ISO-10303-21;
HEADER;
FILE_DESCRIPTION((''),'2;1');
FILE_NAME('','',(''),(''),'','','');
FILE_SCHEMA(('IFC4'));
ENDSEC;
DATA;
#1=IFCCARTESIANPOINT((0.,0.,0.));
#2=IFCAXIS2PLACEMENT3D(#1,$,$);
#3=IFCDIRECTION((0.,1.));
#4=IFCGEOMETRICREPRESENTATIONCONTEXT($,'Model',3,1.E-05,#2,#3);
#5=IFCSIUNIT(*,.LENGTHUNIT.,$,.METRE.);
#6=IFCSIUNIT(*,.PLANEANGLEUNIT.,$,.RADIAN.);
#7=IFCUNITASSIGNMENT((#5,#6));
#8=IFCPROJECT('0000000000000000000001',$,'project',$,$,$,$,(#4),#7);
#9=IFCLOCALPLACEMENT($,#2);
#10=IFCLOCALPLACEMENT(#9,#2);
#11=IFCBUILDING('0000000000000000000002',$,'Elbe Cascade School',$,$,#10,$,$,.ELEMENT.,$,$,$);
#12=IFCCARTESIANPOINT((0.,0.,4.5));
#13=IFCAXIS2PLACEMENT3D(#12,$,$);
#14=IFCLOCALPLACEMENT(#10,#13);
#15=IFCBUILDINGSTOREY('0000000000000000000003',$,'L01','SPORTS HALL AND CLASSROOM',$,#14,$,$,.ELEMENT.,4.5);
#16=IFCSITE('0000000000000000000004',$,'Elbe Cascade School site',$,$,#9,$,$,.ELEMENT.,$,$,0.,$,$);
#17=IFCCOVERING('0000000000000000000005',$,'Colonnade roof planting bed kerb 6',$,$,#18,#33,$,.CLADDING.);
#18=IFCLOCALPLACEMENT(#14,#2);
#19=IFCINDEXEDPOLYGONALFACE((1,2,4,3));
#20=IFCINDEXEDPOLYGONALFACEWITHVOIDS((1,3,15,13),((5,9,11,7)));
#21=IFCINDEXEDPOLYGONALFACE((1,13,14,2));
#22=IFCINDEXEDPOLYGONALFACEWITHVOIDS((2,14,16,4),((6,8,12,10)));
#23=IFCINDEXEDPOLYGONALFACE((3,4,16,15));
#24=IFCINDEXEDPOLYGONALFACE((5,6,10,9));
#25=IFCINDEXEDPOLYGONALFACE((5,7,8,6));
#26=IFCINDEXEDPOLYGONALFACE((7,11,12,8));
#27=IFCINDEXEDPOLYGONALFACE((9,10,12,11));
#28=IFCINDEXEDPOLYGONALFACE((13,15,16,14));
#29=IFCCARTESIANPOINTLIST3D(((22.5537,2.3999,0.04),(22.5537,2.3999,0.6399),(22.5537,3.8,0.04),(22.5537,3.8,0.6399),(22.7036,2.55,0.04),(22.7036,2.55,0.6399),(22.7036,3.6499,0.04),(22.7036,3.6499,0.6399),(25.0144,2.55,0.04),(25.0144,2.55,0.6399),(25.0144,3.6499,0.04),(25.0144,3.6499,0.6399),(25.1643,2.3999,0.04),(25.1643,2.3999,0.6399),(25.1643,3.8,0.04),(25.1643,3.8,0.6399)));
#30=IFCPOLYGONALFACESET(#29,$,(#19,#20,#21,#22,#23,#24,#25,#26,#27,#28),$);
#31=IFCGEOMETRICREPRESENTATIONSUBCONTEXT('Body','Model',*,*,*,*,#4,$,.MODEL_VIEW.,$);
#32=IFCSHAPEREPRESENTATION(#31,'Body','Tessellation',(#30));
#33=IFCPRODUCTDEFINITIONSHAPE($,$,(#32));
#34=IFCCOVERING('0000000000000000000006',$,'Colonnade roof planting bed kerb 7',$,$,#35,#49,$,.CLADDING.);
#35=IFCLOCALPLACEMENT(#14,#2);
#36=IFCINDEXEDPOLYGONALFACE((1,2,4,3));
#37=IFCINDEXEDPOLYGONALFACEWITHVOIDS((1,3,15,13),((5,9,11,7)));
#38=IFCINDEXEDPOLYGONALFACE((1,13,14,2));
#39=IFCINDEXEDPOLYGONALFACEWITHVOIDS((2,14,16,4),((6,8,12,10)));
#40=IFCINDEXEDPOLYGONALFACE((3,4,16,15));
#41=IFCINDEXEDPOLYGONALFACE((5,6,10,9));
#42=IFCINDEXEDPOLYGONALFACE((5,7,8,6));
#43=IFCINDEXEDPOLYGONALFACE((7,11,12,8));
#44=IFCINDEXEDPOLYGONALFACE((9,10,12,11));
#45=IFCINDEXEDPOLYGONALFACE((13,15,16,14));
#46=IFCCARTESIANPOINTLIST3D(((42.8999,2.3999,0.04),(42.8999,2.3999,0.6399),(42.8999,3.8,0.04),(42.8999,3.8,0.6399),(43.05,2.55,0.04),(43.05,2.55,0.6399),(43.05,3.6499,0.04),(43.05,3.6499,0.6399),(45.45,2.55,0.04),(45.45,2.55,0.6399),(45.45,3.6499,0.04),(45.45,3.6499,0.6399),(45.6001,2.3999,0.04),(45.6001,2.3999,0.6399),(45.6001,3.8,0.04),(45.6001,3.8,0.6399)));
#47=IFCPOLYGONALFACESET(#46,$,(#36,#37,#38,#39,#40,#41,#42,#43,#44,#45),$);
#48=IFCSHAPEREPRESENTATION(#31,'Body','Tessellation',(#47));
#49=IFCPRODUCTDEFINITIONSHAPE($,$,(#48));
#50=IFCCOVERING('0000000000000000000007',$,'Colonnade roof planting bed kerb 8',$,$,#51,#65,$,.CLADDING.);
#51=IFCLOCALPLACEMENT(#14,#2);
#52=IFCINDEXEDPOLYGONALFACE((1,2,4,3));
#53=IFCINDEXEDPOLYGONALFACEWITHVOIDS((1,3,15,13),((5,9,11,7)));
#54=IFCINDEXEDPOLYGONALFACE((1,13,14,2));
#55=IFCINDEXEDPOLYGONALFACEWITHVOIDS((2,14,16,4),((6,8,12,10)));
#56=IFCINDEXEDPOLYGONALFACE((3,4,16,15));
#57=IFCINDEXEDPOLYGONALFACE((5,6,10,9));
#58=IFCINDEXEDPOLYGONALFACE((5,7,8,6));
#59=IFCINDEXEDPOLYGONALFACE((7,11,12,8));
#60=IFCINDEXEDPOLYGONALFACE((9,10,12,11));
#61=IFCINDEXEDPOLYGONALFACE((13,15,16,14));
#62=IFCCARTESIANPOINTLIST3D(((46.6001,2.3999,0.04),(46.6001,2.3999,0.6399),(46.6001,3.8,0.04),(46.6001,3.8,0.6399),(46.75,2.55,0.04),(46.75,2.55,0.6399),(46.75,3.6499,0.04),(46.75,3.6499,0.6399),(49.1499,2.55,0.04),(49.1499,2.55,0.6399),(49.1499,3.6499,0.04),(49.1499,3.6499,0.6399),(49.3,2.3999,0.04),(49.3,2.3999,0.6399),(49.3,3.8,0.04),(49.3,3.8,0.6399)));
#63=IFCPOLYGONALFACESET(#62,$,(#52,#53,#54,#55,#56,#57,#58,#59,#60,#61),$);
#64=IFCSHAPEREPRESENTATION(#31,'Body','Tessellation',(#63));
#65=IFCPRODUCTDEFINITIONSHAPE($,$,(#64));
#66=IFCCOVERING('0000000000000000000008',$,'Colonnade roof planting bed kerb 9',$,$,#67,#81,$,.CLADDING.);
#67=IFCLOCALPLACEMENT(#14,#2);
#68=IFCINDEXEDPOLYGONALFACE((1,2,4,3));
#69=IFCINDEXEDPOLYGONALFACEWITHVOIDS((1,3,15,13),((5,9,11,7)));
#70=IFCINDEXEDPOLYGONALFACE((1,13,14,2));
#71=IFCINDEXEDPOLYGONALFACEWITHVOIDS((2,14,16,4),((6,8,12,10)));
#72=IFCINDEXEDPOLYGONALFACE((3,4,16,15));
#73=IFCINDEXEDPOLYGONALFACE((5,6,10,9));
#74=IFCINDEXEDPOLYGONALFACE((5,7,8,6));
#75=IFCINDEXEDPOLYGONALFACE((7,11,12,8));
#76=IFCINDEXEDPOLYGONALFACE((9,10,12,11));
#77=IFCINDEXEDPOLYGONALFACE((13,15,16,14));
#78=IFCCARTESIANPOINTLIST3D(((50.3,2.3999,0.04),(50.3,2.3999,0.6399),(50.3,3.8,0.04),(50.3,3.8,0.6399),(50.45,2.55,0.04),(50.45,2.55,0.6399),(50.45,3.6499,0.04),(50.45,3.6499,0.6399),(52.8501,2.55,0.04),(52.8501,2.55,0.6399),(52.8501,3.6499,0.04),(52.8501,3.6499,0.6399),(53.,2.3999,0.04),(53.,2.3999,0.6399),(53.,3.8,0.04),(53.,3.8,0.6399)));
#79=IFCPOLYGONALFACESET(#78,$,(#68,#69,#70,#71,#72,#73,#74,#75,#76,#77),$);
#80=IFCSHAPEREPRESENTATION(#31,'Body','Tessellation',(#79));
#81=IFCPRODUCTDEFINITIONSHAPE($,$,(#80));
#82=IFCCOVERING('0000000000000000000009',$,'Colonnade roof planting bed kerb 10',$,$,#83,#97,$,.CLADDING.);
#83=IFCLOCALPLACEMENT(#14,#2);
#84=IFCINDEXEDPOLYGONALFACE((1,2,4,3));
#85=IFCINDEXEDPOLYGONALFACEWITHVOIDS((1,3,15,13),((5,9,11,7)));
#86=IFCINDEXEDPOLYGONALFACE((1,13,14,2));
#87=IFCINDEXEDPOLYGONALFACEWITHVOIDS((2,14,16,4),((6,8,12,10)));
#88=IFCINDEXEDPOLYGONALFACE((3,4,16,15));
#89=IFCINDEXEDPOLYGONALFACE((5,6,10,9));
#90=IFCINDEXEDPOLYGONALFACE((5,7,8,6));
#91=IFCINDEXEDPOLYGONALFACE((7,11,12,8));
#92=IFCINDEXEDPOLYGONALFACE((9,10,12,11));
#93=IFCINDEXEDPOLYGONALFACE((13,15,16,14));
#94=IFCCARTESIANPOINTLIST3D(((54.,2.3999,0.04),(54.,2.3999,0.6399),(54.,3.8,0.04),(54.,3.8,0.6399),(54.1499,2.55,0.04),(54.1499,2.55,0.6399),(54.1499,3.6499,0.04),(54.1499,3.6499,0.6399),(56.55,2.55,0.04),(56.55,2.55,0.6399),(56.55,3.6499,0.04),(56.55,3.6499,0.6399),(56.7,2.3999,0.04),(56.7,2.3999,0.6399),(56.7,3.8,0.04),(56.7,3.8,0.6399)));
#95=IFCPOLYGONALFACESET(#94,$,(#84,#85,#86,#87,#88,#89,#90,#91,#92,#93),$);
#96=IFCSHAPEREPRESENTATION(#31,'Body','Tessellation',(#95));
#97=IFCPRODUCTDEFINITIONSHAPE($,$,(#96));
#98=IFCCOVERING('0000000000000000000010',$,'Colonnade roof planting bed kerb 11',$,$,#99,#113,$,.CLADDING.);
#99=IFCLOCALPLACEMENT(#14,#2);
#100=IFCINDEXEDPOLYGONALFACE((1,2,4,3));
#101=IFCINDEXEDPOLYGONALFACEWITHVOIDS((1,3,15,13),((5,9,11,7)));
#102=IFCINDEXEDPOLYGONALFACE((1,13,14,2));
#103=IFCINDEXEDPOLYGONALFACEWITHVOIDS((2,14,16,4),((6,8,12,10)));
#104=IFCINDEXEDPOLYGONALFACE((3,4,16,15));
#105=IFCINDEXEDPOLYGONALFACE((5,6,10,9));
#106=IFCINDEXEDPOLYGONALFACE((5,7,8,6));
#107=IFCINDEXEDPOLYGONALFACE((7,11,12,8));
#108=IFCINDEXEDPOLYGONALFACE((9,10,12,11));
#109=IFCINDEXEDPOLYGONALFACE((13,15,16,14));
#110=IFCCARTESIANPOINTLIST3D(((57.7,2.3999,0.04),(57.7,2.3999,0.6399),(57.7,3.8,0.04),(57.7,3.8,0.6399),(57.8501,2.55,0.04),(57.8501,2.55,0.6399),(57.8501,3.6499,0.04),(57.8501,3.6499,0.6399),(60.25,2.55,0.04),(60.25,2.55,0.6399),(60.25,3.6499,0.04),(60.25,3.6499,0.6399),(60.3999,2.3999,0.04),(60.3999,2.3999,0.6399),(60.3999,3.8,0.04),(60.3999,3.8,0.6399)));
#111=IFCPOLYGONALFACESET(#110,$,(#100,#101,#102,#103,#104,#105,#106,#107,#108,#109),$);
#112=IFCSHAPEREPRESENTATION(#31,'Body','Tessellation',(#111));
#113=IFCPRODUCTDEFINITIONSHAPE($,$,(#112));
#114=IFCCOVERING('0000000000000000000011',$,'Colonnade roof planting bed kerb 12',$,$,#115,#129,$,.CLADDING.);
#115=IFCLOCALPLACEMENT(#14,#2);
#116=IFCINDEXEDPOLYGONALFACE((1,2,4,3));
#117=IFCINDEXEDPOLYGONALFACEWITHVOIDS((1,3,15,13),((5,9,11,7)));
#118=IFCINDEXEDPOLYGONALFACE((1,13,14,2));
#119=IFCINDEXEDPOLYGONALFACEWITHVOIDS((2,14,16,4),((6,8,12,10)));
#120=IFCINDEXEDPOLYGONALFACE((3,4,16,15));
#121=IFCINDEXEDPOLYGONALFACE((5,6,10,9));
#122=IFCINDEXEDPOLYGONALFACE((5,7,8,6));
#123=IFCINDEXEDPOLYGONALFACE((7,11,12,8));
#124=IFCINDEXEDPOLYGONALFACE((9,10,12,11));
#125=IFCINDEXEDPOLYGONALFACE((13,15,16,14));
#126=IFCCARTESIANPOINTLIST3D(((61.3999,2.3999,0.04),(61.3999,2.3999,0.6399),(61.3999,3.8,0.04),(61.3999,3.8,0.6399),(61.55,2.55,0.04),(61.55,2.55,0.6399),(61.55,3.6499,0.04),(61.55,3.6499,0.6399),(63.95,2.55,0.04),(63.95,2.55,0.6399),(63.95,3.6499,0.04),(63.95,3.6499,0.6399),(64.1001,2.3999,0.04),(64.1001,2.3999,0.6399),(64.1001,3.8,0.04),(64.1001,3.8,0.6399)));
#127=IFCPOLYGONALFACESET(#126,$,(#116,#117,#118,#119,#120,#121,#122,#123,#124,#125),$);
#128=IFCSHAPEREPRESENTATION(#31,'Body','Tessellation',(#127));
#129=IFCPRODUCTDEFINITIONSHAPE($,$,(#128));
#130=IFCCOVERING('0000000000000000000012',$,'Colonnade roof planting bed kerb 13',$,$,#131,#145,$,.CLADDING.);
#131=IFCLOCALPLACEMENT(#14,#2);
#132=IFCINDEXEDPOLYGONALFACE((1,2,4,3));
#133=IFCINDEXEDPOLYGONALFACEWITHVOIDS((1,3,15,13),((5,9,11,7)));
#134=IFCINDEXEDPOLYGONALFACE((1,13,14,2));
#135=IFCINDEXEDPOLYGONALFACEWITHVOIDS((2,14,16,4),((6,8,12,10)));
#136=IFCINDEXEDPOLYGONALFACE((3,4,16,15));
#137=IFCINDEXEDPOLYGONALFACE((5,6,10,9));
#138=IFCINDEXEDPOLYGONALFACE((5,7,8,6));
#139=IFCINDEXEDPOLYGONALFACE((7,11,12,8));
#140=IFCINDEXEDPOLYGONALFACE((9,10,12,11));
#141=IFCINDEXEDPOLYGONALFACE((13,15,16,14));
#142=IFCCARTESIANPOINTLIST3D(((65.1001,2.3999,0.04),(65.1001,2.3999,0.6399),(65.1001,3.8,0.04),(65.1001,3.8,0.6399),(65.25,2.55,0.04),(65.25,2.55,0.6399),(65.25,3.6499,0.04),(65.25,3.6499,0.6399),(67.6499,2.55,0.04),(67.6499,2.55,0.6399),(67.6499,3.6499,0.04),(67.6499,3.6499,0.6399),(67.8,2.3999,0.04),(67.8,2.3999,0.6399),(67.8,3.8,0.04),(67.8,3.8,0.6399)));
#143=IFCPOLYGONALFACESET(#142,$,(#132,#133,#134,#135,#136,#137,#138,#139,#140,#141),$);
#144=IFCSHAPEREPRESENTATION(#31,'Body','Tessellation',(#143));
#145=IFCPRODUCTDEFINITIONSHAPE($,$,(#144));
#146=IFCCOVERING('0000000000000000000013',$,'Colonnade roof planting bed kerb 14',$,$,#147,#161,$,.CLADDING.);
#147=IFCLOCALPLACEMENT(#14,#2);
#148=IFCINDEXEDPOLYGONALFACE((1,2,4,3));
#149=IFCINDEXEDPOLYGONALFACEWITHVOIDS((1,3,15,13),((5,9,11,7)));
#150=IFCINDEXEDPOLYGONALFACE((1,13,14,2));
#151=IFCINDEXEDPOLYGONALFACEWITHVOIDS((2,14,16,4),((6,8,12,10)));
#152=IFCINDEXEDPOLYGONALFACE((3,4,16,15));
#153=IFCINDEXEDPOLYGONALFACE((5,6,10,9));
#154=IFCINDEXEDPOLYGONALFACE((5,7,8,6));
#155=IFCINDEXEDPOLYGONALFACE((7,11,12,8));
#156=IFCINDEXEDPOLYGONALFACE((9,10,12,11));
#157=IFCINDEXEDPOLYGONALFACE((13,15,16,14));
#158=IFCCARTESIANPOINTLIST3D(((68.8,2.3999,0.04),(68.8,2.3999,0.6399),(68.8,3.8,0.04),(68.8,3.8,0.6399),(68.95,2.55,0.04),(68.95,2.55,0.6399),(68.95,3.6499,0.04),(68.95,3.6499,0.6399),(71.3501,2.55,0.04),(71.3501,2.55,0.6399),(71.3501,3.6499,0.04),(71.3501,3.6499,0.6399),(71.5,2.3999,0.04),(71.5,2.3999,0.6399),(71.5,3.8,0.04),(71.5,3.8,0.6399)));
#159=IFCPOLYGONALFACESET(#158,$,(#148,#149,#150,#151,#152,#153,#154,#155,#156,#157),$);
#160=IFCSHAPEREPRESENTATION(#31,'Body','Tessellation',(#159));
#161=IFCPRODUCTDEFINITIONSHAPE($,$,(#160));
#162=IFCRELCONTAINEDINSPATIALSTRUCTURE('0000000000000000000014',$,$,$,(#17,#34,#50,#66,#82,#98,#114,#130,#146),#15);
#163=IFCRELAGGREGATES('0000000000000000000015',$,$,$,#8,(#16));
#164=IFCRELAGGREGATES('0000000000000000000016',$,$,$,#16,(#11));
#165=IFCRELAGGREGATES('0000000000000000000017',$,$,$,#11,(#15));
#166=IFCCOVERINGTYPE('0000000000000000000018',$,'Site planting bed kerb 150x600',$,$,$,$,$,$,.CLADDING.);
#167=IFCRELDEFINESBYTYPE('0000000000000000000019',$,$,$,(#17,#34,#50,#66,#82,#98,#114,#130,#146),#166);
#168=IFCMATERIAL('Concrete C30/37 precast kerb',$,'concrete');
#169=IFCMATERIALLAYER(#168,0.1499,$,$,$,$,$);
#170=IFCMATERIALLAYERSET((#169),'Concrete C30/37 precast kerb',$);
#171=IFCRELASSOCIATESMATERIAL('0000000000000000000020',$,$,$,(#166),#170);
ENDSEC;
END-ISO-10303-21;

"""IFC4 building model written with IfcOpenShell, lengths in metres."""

from ifc_helpers import new_model, si_unit, direction, frame, origin, place, context, subcontext, project, spatial, polyline, outline, extrude, material, layer, layer_set, type_object, element, save


model = new_model("IFC4")

# Units and contexts
model_context = context("Model", 3, precision=1e-05, world=origin(), true_north=direction((0.0, 1.0)))
body_context = subcontext(model_context, "Body", "Model", "MODEL_VIEW")
ifc_project = project(units=[si_unit("LENGTHUNIT", "METRE"), si_unit("PLANEANGLEUNIT", "RADIAN")], contexts=[model_context])

# Site, building, storey
site_placement = place(None, origin())
site = spatial("IfcSite", under=ifc_project, at=site_placement, Name="Elbe Cascade School site", CompositionType="ELEMENT", RefElevation=0.0)
building_placement = place(site_placement, origin())
building = spatial("IfcBuilding", under=site, at=building_placement, Name="Elbe Cascade School", CompositionType="ELEMENT")
storey_placement = place(building_placement, frame((0.0, 0.0, 4.5)))
storey = spatial("IfcBuildingStorey", under=building, at=storey_placement, Name="L01", Description="SPORTS HALL AND CLASSROOM", CompositionType="ELEMENT", Elevation=4.5)

# Coverings
ifc_material_1 = material(Name="Concrete C30/37 precast kerb", Category="concrete")
ifc_layer_1 = layer(ifc_material_1, 0.1499)
ifc_layer_set_1 = layer_set([ifc_layer_1], Name="Concrete C30/37 precast kerb")
covering_type_1 = type_object("IfcCoveringType", Name="Site planting bed kerb 150x600", PredefinedType="CLADDING", material=ifc_layer_set_1)
covering_1_placement = place(storey_placement, frame((0.0, 0.0, 0.04)))
element("IfcCovering", 1, at=covering_1_placement, inside=storey, type_object=covering_type_1, Name="Colonnade roof planting bed kerb 6", PredefinedType="CLADDING", context=body_context, shape_type="SweptSolid", body=[
    extrude(outline(polyline([(22.5537, 2.3999), (25.1643, 2.3999), (25.1643, 3.8), (22.5537, 3.8), (22.5537, 2.3999)]), holes=[polyline([(22.7036, 2.55), (25.0144, 2.55), (25.0144, 3.6499), (22.7036, 3.6499), (22.7036, 2.55)])]), origin(), (0.0, 0.0, 1.0), 0.5999),
])
covering_2_placement = place(storey_placement, frame((0.0, 0.0, 0.04)))
element("IfcCovering", 2, at=covering_2_placement, inside=storey, type_object=covering_type_1, Name="Colonnade roof planting bed kerb 7", PredefinedType="CLADDING", context=body_context, shape_type="SweptSolid", body=[
    extrude(outline(polyline([(42.8999, 2.3999), (45.6001, 2.3999), (45.6001, 3.8), (42.8999, 3.8), (42.8999, 2.3999)]), holes=[polyline([(43.05, 2.55), (45.45, 2.55), (45.45, 3.6499), (43.05, 3.6499), (43.05, 2.55)])]), origin(), (0.0, 0.0, 1.0), 0.5999),
])
covering_3_placement = place(storey_placement, frame((0.0, 0.0, 0.04)))
element("IfcCovering", 3, at=covering_3_placement, inside=storey, type_object=covering_type_1, Name="Colonnade roof planting bed kerb 8", PredefinedType="CLADDING", context=body_context, shape_type="SweptSolid", body=[
    extrude(outline(polyline([(46.6001, 2.3999), (49.3, 2.3999), (49.3, 3.8), (46.6001, 3.8), (46.6001, 2.3999)]), holes=[polyline([(46.75, 2.55), (49.1499, 2.55), (49.1499, 3.6499), (46.75, 3.6499), (46.75, 2.55)])]), origin(), (0.0, 0.0, 1.0), 0.5999),
])
covering_4_placement = place(storey_placement, frame((0.0, 0.0, 0.04)))
element("IfcCovering", 4, at=covering_4_placement, inside=storey, type_object=covering_type_1, Name="Colonnade roof planting bed kerb 9", PredefinedType="CLADDING", context=body_context, shape_type="SweptSolid", body=[
    extrude(outline(polyline([(50.3, 2.3999), (53.0, 2.3999), (53.0, 3.8), (50.3, 3.8), (50.3, 2.3999)]), holes=[polyline([(50.45, 2.55), (52.8501, 2.55), (52.8501, 3.6499), (50.45, 3.6499), (50.45, 2.55)])]), origin(), (0.0, 0.0, 1.0), 0.5999),
])
covering_5_placement = place(storey_placement, frame((0.0, 0.0, 0.04)))
element("IfcCovering", 5, at=covering_5_placement, inside=storey, type_object=covering_type_1, Name="Colonnade roof planting bed kerb 10", PredefinedType="CLADDING", context=body_context, shape_type="SweptSolid", body=[
    extrude(outline(polyline([(54.0, 2.3999), (56.7, 2.3999), (56.7, 3.8), (54.0, 3.8), (54.0, 2.3999)]), holes=[polyline([(54.1499, 2.55), (56.55, 2.55), (56.55, 3.6499), (54.1499, 3.6499), (54.1499, 2.55)])]), origin(), (0.0, 0.0, 1.0), 0.5999),
])
covering_6_placement = place(storey_placement, frame((0.0, 0.0, 0.04)))
element("IfcCovering", 6, at=covering_6_placement, inside=storey, type_object=covering_type_1, Name="Colonnade roof planting bed kerb 11", PredefinedType="CLADDING", context=body_context, shape_type="SweptSolid", body=[
    extrude(outline(polyline([(57.7, 2.3999), (60.3999, 2.3999), (60.3999, 3.8), (57.7, 3.8), (57.7, 2.3999)]), holes=[polyline([(57.8501, 2.55), (60.25, 2.55), (60.25, 3.6499), (57.8501, 3.6499), (57.8501, 2.55)])]), origin(), (0.0, 0.0, 1.0), 0.5999),
])
covering_7_placement = place(storey_placement, frame((0.0, 0.0, 0.04)))
element("IfcCovering", 7, at=covering_7_placement, inside=storey, type_object=covering_type_1, Name="Colonnade roof planting bed kerb 12", PredefinedType="CLADDING", context=body_context, shape_type="SweptSolid", body=[
    extrude(outline(polyline([(61.3999, 2.3999), (64.1001, 2.3999), (64.1001, 3.8), (61.3999, 3.8), (61.3999, 2.3999)]), holes=[polyline([(61.55, 2.55), (63.95, 2.55), (63.95, 3.6499), (61.55, 3.6499), (61.55, 2.55)])]), origin(), (0.0, 0.0, 1.0), 0.5999),
])
covering_8_placement = place(storey_placement, frame((0.0, 0.0, 0.04)))
element("IfcCovering", 8, at=covering_8_placement, inside=storey, type_object=covering_type_1, Name="Colonnade roof planting bed kerb 13", PredefinedType="CLADDING", context=body_context, shape_type="SweptSolid", body=[
    extrude(outline(polyline([(65.1001, 2.3999), (67.8, 2.3999), (67.8, 3.8), (65.1001, 3.8), (65.1001, 2.3999)]), holes=[polyline([(65.25, 2.55), (67.6499, 2.55), (67.6499, 3.6499), (65.25, 3.6499), (65.25, 2.55)])]), origin(), (0.0, 0.0, 1.0), 0.5999),
])
covering_9_placement = place(storey_placement, frame((0.0, 0.0, 0.04)))
element("IfcCovering", 9, at=covering_9_placement, inside=storey, type_object=covering_type_1, Name="Colonnade roof planting bed kerb 14", PredefinedType="CLADDING", context=body_context, shape_type="SweptSolid", body=[
    extrude(outline(polyline([(68.8, 2.3999), (71.5, 2.3999), (71.5, 3.8), (68.8, 3.8), (68.8, 2.3999)]), holes=[polyline([(68.95, 2.55), (71.3501, 2.55), (71.3501, 3.6499), (68.95, 3.6499), (68.95, 2.55)])]), origin(), (0.0, 0.0, 1.0), 0.5999),
])

save(model, "model.ifc")
